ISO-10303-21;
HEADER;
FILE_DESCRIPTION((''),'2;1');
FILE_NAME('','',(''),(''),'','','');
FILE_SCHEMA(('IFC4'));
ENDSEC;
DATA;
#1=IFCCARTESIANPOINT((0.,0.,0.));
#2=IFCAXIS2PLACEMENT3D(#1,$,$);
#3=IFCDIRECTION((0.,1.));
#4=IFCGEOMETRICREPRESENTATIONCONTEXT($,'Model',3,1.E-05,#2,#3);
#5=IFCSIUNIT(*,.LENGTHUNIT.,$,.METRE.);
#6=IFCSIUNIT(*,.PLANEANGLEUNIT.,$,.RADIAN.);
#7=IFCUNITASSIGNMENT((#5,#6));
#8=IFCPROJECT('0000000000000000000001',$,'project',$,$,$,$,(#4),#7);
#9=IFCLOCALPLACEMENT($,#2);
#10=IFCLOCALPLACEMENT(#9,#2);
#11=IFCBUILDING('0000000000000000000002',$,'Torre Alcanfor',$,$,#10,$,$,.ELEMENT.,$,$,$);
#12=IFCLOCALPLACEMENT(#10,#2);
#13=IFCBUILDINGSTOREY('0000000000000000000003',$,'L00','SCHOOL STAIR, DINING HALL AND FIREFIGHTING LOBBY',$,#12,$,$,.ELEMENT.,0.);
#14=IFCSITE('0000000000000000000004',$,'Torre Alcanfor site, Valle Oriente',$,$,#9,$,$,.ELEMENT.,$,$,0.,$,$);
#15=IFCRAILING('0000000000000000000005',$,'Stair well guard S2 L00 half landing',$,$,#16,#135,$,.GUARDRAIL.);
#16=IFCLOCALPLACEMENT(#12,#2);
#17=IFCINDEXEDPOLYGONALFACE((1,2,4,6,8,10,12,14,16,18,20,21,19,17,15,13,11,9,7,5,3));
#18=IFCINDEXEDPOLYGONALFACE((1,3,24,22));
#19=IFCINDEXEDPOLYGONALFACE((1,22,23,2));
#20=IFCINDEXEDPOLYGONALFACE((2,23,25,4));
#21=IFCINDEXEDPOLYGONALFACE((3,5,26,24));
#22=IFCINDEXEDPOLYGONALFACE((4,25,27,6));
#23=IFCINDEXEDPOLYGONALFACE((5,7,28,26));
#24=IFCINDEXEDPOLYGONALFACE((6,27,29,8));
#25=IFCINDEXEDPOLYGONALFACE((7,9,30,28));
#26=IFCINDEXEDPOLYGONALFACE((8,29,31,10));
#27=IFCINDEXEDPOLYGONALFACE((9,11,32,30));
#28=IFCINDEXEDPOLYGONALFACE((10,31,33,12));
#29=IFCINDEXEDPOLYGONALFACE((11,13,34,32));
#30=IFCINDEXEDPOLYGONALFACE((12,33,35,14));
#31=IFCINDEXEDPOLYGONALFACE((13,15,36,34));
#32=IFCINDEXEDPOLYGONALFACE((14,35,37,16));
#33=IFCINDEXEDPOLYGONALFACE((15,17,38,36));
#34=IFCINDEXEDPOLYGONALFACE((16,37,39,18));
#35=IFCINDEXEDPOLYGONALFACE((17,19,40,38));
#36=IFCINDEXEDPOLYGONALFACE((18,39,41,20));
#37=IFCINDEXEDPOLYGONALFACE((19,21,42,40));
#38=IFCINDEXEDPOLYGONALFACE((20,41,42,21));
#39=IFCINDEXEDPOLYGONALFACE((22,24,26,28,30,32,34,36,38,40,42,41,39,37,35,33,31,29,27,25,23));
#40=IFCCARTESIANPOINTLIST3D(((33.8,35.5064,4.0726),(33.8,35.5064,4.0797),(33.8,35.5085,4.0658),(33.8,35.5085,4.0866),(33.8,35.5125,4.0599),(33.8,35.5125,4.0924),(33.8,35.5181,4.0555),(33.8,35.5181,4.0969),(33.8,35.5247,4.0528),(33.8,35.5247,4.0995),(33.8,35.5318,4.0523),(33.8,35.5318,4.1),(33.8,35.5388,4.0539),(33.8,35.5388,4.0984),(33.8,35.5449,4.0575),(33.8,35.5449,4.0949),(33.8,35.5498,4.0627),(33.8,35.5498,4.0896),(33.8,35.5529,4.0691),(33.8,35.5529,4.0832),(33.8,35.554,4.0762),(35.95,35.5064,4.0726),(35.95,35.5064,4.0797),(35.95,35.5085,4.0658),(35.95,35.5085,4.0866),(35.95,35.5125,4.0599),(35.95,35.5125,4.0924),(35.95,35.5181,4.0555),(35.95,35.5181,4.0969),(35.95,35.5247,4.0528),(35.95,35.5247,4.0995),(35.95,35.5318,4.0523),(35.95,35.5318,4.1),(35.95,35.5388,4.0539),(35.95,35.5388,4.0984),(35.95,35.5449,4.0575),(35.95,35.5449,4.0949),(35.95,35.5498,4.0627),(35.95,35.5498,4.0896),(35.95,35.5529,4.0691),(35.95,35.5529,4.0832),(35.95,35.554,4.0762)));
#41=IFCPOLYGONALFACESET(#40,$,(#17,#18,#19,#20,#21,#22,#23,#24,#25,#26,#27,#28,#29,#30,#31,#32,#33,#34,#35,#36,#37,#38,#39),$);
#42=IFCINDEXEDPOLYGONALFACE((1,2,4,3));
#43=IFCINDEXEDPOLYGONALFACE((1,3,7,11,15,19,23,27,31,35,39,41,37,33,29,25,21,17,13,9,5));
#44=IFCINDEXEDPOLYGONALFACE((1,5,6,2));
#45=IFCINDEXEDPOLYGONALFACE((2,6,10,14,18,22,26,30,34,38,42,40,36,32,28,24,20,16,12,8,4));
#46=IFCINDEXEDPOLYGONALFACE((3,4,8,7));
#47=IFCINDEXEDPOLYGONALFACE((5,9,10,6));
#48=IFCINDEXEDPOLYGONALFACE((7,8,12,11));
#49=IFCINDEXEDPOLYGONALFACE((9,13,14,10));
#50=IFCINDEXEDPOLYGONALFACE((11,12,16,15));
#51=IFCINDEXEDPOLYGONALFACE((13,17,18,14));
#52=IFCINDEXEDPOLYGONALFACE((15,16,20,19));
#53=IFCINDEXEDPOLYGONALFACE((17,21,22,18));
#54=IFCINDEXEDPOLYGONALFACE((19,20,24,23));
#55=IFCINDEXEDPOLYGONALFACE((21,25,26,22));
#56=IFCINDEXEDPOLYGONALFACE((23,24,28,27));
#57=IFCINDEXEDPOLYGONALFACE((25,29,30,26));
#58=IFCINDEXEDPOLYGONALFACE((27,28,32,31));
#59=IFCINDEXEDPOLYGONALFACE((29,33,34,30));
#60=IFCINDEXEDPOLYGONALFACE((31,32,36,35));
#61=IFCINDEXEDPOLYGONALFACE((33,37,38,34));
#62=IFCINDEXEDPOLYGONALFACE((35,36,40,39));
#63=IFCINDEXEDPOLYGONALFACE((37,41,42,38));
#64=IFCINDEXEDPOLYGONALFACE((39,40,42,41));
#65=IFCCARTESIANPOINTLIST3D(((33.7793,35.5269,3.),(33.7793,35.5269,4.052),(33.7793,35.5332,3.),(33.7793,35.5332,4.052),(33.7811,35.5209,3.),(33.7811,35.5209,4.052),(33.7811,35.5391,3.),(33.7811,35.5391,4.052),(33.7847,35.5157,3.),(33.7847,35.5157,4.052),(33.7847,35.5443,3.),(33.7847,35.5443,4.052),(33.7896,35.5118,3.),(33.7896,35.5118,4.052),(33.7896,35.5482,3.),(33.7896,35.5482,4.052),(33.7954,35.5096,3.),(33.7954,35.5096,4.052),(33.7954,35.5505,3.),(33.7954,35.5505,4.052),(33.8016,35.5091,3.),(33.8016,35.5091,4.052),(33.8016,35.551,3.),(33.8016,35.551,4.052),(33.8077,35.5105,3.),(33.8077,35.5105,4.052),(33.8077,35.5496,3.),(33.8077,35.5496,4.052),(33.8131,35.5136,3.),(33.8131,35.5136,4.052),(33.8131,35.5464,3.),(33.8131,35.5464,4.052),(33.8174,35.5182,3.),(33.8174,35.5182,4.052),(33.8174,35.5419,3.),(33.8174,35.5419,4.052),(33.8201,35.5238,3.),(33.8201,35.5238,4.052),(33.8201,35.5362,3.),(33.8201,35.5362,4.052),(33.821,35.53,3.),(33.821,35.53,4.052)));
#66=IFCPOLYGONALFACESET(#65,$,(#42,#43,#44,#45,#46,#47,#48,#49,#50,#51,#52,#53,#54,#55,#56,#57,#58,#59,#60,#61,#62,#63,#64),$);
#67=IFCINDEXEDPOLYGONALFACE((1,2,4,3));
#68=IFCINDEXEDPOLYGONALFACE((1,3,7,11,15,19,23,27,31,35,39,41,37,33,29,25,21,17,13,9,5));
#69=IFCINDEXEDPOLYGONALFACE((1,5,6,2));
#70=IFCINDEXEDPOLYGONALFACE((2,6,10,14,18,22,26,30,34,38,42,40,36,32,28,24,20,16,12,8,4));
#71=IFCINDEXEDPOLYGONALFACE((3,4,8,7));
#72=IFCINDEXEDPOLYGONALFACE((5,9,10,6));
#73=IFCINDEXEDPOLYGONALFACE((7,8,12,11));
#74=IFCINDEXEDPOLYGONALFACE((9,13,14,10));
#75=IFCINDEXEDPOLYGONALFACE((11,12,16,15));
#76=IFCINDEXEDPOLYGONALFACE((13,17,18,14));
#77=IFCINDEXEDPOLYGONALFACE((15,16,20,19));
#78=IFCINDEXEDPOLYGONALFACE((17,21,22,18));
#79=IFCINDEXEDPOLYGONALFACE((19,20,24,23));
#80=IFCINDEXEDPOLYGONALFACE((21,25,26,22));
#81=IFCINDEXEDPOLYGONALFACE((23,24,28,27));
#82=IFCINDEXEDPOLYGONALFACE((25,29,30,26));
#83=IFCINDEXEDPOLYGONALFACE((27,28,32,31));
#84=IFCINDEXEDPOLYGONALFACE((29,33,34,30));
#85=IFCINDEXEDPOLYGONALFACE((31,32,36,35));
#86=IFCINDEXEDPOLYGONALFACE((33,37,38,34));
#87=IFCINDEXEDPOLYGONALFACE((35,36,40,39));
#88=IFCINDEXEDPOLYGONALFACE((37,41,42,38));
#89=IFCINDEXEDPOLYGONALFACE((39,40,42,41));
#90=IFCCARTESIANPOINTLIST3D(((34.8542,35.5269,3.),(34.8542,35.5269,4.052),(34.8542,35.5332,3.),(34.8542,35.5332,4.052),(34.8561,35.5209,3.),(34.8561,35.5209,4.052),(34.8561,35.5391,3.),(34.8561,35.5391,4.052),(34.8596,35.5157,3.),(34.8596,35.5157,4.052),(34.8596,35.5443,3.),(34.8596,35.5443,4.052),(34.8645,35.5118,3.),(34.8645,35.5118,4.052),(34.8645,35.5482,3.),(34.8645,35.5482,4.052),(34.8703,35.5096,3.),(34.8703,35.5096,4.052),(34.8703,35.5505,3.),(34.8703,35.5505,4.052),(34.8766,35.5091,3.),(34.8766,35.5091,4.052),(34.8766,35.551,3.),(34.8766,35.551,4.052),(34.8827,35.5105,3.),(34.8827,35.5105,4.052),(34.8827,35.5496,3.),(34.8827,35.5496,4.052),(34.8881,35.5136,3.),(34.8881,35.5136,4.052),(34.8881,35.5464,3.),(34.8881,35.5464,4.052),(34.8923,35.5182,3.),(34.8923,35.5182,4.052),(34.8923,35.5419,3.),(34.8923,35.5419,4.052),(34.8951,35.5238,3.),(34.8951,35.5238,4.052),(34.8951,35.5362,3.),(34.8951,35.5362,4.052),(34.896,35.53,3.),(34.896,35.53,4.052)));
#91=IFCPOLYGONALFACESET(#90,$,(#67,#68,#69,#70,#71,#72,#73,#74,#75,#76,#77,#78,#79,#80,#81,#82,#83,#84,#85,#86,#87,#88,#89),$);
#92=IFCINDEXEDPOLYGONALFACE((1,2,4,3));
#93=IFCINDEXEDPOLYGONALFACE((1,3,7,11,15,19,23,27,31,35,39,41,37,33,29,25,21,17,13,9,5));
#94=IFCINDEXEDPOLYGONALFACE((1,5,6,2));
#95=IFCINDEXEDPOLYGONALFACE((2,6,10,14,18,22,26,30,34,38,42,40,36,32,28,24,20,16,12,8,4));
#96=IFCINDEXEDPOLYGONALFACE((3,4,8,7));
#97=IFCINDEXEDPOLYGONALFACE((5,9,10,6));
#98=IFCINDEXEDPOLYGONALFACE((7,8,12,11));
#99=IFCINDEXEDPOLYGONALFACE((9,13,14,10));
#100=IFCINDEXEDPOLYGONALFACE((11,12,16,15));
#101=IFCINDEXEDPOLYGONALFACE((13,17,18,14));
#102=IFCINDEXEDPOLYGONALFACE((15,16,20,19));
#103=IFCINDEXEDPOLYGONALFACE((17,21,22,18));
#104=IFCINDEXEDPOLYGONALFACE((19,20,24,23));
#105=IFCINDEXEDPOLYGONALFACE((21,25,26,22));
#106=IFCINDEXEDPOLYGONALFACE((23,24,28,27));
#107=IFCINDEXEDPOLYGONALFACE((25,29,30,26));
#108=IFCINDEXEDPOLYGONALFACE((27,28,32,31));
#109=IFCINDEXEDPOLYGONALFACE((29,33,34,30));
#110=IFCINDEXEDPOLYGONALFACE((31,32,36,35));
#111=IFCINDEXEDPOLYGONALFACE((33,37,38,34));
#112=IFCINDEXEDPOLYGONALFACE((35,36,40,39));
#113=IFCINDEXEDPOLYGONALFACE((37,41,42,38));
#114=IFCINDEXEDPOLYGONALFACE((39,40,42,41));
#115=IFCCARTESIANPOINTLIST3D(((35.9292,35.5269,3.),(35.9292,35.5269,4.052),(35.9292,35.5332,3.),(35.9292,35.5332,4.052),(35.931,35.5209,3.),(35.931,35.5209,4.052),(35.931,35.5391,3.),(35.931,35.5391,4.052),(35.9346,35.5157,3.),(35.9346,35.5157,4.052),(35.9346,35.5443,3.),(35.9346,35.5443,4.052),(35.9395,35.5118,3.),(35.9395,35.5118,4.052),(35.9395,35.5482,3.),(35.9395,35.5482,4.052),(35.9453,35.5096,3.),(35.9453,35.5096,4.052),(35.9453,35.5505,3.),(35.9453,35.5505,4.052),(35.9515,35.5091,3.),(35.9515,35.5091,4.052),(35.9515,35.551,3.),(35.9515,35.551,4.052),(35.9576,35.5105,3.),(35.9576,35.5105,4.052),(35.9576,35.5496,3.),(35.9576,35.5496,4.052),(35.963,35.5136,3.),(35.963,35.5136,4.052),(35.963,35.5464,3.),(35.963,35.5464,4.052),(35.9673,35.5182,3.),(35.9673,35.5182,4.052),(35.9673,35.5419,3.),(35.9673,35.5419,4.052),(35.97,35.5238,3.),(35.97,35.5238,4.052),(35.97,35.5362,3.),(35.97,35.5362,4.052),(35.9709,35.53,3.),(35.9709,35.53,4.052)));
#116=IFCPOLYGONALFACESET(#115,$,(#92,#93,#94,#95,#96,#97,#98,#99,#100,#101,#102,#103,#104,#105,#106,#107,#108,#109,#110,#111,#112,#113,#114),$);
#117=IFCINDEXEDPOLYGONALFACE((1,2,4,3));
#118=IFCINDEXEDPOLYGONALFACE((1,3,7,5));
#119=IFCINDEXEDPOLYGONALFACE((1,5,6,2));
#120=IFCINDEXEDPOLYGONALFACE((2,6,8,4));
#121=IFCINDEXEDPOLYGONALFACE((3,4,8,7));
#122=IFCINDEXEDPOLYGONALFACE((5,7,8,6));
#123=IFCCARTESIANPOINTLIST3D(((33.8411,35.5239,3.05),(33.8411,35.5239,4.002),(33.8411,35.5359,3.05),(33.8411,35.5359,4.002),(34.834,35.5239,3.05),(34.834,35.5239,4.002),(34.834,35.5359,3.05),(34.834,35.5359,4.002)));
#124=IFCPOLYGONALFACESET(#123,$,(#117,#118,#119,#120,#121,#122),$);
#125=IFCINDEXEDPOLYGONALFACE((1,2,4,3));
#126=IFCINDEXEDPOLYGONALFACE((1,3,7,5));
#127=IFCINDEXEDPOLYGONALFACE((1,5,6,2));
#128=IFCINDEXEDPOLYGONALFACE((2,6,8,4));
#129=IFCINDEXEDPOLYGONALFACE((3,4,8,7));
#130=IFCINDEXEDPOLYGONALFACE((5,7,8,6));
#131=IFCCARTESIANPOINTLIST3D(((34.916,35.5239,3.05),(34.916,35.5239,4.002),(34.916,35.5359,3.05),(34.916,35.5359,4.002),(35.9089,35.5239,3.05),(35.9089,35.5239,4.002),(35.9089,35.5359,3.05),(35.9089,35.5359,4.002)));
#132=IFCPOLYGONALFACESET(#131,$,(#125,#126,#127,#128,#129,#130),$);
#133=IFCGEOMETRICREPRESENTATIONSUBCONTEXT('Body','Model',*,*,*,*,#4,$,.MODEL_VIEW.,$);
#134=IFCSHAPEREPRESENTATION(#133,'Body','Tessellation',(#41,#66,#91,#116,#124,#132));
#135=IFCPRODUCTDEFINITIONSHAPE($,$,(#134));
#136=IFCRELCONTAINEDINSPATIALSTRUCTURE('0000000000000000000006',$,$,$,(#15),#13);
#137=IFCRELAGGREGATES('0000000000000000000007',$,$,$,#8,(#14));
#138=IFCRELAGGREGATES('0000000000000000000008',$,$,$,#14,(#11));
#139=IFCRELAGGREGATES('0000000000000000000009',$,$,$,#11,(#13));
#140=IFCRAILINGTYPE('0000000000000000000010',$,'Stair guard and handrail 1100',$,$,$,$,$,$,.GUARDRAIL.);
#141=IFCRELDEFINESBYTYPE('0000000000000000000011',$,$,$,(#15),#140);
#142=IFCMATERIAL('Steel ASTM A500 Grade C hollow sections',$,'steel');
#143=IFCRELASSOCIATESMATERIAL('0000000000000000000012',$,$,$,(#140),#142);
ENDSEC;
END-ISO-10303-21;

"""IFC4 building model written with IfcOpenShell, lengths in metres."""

from ifc_helpers import new_model, si_unit, direction, frame, origin, origin_2d, place, context, subcontext, project, spatial, polyline, circle, outline, extrude, material, type_object, element, save


model = new_model("IFC4")

# Units and contexts
model_context = context("Model", 3, precision=1e-05, world=origin(), true_north=direction((0.0, 1.0)))
body_context = subcontext(model_context, "Body", "Model", "MODEL_VIEW")
ifc_project = project(units=[si_unit("LENGTHUNIT", "METRE"), si_unit("PLANEANGLEUNIT", "RADIAN")], contexts=[model_context])

# Site, building, storey
site_placement = place(None, origin())
site = spatial("IfcSite", under=ifc_project, at=site_placement, Name="Torre Alcanfor site, Valle Oriente", CompositionType="ELEMENT", RefElevation=0.0)
building_placement = place(site_placement, origin())
building = spatial("IfcBuilding", under=site, at=building_placement, Name="Torre Alcanfor", CompositionType="ELEMENT")
storey_placement = place(building_placement, origin())
storey = spatial("IfcBuildingStorey", under=building, at=storey_placement, Name="L00", Description="SCHOOL STAIR, DINING HALL AND FIREFIGHTING LOBBY", CompositionType="ELEMENT", Elevation=0.0)

# Railing
ifc_material_1 = material(Name="Steel ASTM A500 Grade C hollow sections", Category="steel")
railing_type_1 = type_object("IfcRailingType", Name="Stair guard and handrail 1100", PredefinedType="GUARDRAIL", material=ifc_material_1)
railing_1_placement = place(storey_placement, frame((33.8, 35.53, 3.0)))
element("IfcRailing", 1, at=railing_1_placement, inside=storey, type_object=railing_type_1, Name="Stair well guard S2 L00 half landing", PredefinedType="GUARDRAIL", context=body_context, shape_type="SweptSolid", body=[
    extrude(circle(Radius=0.0239, at=origin_2d()), frame((0.0, 0.0, 1.0762), z_axis=(1.0, 0.0, 0.0), x_axis=(0.0, 1.0, 0.0)), (0.0, 0.0, 1.0), 2.1499),
    extrude(circle(Radius=0.021, at=origin_2d()), origin(), (0.0, 0.0, 1.0), 1.052),
    extrude(circle(Radius=0.021, at=origin_2d()), frame((1.075, 0.0, 0.0)), (0.0, 0.0, 1.0), 1.052),
    extrude(circle(Radius=0.021, at=origin_2d()), frame((2.1499, 0.0, 0.0)), (0.0, 0.0, 1.0), 1.052),
    extrude(outline(polyline([(0.041, 0.05), (1.0339, 0.05), (1.0339, 1.002), (0.041, 1.002), (0.041, 0.05)])), frame((0.0, 0.0059, 0.0), z_axis=(0.0, -1.0, 0.0), x_axis=(1.0, 0.0, 0.0)), (0.0, 0.0, 1.0), 0.012),
    extrude(outline(polyline([(1.116, 0.05), (2.1089, 0.05), (2.1089, 1.002), (1.116, 1.002), (1.116, 0.05)])), frame((0.0, 0.0059, 0.0), z_axis=(0.0, -1.0, 0.0), x_axis=(1.0, 0.0, 0.0)), (0.0, 0.0, 1.0), 0.012),
])

save(model, "model.ifc")
